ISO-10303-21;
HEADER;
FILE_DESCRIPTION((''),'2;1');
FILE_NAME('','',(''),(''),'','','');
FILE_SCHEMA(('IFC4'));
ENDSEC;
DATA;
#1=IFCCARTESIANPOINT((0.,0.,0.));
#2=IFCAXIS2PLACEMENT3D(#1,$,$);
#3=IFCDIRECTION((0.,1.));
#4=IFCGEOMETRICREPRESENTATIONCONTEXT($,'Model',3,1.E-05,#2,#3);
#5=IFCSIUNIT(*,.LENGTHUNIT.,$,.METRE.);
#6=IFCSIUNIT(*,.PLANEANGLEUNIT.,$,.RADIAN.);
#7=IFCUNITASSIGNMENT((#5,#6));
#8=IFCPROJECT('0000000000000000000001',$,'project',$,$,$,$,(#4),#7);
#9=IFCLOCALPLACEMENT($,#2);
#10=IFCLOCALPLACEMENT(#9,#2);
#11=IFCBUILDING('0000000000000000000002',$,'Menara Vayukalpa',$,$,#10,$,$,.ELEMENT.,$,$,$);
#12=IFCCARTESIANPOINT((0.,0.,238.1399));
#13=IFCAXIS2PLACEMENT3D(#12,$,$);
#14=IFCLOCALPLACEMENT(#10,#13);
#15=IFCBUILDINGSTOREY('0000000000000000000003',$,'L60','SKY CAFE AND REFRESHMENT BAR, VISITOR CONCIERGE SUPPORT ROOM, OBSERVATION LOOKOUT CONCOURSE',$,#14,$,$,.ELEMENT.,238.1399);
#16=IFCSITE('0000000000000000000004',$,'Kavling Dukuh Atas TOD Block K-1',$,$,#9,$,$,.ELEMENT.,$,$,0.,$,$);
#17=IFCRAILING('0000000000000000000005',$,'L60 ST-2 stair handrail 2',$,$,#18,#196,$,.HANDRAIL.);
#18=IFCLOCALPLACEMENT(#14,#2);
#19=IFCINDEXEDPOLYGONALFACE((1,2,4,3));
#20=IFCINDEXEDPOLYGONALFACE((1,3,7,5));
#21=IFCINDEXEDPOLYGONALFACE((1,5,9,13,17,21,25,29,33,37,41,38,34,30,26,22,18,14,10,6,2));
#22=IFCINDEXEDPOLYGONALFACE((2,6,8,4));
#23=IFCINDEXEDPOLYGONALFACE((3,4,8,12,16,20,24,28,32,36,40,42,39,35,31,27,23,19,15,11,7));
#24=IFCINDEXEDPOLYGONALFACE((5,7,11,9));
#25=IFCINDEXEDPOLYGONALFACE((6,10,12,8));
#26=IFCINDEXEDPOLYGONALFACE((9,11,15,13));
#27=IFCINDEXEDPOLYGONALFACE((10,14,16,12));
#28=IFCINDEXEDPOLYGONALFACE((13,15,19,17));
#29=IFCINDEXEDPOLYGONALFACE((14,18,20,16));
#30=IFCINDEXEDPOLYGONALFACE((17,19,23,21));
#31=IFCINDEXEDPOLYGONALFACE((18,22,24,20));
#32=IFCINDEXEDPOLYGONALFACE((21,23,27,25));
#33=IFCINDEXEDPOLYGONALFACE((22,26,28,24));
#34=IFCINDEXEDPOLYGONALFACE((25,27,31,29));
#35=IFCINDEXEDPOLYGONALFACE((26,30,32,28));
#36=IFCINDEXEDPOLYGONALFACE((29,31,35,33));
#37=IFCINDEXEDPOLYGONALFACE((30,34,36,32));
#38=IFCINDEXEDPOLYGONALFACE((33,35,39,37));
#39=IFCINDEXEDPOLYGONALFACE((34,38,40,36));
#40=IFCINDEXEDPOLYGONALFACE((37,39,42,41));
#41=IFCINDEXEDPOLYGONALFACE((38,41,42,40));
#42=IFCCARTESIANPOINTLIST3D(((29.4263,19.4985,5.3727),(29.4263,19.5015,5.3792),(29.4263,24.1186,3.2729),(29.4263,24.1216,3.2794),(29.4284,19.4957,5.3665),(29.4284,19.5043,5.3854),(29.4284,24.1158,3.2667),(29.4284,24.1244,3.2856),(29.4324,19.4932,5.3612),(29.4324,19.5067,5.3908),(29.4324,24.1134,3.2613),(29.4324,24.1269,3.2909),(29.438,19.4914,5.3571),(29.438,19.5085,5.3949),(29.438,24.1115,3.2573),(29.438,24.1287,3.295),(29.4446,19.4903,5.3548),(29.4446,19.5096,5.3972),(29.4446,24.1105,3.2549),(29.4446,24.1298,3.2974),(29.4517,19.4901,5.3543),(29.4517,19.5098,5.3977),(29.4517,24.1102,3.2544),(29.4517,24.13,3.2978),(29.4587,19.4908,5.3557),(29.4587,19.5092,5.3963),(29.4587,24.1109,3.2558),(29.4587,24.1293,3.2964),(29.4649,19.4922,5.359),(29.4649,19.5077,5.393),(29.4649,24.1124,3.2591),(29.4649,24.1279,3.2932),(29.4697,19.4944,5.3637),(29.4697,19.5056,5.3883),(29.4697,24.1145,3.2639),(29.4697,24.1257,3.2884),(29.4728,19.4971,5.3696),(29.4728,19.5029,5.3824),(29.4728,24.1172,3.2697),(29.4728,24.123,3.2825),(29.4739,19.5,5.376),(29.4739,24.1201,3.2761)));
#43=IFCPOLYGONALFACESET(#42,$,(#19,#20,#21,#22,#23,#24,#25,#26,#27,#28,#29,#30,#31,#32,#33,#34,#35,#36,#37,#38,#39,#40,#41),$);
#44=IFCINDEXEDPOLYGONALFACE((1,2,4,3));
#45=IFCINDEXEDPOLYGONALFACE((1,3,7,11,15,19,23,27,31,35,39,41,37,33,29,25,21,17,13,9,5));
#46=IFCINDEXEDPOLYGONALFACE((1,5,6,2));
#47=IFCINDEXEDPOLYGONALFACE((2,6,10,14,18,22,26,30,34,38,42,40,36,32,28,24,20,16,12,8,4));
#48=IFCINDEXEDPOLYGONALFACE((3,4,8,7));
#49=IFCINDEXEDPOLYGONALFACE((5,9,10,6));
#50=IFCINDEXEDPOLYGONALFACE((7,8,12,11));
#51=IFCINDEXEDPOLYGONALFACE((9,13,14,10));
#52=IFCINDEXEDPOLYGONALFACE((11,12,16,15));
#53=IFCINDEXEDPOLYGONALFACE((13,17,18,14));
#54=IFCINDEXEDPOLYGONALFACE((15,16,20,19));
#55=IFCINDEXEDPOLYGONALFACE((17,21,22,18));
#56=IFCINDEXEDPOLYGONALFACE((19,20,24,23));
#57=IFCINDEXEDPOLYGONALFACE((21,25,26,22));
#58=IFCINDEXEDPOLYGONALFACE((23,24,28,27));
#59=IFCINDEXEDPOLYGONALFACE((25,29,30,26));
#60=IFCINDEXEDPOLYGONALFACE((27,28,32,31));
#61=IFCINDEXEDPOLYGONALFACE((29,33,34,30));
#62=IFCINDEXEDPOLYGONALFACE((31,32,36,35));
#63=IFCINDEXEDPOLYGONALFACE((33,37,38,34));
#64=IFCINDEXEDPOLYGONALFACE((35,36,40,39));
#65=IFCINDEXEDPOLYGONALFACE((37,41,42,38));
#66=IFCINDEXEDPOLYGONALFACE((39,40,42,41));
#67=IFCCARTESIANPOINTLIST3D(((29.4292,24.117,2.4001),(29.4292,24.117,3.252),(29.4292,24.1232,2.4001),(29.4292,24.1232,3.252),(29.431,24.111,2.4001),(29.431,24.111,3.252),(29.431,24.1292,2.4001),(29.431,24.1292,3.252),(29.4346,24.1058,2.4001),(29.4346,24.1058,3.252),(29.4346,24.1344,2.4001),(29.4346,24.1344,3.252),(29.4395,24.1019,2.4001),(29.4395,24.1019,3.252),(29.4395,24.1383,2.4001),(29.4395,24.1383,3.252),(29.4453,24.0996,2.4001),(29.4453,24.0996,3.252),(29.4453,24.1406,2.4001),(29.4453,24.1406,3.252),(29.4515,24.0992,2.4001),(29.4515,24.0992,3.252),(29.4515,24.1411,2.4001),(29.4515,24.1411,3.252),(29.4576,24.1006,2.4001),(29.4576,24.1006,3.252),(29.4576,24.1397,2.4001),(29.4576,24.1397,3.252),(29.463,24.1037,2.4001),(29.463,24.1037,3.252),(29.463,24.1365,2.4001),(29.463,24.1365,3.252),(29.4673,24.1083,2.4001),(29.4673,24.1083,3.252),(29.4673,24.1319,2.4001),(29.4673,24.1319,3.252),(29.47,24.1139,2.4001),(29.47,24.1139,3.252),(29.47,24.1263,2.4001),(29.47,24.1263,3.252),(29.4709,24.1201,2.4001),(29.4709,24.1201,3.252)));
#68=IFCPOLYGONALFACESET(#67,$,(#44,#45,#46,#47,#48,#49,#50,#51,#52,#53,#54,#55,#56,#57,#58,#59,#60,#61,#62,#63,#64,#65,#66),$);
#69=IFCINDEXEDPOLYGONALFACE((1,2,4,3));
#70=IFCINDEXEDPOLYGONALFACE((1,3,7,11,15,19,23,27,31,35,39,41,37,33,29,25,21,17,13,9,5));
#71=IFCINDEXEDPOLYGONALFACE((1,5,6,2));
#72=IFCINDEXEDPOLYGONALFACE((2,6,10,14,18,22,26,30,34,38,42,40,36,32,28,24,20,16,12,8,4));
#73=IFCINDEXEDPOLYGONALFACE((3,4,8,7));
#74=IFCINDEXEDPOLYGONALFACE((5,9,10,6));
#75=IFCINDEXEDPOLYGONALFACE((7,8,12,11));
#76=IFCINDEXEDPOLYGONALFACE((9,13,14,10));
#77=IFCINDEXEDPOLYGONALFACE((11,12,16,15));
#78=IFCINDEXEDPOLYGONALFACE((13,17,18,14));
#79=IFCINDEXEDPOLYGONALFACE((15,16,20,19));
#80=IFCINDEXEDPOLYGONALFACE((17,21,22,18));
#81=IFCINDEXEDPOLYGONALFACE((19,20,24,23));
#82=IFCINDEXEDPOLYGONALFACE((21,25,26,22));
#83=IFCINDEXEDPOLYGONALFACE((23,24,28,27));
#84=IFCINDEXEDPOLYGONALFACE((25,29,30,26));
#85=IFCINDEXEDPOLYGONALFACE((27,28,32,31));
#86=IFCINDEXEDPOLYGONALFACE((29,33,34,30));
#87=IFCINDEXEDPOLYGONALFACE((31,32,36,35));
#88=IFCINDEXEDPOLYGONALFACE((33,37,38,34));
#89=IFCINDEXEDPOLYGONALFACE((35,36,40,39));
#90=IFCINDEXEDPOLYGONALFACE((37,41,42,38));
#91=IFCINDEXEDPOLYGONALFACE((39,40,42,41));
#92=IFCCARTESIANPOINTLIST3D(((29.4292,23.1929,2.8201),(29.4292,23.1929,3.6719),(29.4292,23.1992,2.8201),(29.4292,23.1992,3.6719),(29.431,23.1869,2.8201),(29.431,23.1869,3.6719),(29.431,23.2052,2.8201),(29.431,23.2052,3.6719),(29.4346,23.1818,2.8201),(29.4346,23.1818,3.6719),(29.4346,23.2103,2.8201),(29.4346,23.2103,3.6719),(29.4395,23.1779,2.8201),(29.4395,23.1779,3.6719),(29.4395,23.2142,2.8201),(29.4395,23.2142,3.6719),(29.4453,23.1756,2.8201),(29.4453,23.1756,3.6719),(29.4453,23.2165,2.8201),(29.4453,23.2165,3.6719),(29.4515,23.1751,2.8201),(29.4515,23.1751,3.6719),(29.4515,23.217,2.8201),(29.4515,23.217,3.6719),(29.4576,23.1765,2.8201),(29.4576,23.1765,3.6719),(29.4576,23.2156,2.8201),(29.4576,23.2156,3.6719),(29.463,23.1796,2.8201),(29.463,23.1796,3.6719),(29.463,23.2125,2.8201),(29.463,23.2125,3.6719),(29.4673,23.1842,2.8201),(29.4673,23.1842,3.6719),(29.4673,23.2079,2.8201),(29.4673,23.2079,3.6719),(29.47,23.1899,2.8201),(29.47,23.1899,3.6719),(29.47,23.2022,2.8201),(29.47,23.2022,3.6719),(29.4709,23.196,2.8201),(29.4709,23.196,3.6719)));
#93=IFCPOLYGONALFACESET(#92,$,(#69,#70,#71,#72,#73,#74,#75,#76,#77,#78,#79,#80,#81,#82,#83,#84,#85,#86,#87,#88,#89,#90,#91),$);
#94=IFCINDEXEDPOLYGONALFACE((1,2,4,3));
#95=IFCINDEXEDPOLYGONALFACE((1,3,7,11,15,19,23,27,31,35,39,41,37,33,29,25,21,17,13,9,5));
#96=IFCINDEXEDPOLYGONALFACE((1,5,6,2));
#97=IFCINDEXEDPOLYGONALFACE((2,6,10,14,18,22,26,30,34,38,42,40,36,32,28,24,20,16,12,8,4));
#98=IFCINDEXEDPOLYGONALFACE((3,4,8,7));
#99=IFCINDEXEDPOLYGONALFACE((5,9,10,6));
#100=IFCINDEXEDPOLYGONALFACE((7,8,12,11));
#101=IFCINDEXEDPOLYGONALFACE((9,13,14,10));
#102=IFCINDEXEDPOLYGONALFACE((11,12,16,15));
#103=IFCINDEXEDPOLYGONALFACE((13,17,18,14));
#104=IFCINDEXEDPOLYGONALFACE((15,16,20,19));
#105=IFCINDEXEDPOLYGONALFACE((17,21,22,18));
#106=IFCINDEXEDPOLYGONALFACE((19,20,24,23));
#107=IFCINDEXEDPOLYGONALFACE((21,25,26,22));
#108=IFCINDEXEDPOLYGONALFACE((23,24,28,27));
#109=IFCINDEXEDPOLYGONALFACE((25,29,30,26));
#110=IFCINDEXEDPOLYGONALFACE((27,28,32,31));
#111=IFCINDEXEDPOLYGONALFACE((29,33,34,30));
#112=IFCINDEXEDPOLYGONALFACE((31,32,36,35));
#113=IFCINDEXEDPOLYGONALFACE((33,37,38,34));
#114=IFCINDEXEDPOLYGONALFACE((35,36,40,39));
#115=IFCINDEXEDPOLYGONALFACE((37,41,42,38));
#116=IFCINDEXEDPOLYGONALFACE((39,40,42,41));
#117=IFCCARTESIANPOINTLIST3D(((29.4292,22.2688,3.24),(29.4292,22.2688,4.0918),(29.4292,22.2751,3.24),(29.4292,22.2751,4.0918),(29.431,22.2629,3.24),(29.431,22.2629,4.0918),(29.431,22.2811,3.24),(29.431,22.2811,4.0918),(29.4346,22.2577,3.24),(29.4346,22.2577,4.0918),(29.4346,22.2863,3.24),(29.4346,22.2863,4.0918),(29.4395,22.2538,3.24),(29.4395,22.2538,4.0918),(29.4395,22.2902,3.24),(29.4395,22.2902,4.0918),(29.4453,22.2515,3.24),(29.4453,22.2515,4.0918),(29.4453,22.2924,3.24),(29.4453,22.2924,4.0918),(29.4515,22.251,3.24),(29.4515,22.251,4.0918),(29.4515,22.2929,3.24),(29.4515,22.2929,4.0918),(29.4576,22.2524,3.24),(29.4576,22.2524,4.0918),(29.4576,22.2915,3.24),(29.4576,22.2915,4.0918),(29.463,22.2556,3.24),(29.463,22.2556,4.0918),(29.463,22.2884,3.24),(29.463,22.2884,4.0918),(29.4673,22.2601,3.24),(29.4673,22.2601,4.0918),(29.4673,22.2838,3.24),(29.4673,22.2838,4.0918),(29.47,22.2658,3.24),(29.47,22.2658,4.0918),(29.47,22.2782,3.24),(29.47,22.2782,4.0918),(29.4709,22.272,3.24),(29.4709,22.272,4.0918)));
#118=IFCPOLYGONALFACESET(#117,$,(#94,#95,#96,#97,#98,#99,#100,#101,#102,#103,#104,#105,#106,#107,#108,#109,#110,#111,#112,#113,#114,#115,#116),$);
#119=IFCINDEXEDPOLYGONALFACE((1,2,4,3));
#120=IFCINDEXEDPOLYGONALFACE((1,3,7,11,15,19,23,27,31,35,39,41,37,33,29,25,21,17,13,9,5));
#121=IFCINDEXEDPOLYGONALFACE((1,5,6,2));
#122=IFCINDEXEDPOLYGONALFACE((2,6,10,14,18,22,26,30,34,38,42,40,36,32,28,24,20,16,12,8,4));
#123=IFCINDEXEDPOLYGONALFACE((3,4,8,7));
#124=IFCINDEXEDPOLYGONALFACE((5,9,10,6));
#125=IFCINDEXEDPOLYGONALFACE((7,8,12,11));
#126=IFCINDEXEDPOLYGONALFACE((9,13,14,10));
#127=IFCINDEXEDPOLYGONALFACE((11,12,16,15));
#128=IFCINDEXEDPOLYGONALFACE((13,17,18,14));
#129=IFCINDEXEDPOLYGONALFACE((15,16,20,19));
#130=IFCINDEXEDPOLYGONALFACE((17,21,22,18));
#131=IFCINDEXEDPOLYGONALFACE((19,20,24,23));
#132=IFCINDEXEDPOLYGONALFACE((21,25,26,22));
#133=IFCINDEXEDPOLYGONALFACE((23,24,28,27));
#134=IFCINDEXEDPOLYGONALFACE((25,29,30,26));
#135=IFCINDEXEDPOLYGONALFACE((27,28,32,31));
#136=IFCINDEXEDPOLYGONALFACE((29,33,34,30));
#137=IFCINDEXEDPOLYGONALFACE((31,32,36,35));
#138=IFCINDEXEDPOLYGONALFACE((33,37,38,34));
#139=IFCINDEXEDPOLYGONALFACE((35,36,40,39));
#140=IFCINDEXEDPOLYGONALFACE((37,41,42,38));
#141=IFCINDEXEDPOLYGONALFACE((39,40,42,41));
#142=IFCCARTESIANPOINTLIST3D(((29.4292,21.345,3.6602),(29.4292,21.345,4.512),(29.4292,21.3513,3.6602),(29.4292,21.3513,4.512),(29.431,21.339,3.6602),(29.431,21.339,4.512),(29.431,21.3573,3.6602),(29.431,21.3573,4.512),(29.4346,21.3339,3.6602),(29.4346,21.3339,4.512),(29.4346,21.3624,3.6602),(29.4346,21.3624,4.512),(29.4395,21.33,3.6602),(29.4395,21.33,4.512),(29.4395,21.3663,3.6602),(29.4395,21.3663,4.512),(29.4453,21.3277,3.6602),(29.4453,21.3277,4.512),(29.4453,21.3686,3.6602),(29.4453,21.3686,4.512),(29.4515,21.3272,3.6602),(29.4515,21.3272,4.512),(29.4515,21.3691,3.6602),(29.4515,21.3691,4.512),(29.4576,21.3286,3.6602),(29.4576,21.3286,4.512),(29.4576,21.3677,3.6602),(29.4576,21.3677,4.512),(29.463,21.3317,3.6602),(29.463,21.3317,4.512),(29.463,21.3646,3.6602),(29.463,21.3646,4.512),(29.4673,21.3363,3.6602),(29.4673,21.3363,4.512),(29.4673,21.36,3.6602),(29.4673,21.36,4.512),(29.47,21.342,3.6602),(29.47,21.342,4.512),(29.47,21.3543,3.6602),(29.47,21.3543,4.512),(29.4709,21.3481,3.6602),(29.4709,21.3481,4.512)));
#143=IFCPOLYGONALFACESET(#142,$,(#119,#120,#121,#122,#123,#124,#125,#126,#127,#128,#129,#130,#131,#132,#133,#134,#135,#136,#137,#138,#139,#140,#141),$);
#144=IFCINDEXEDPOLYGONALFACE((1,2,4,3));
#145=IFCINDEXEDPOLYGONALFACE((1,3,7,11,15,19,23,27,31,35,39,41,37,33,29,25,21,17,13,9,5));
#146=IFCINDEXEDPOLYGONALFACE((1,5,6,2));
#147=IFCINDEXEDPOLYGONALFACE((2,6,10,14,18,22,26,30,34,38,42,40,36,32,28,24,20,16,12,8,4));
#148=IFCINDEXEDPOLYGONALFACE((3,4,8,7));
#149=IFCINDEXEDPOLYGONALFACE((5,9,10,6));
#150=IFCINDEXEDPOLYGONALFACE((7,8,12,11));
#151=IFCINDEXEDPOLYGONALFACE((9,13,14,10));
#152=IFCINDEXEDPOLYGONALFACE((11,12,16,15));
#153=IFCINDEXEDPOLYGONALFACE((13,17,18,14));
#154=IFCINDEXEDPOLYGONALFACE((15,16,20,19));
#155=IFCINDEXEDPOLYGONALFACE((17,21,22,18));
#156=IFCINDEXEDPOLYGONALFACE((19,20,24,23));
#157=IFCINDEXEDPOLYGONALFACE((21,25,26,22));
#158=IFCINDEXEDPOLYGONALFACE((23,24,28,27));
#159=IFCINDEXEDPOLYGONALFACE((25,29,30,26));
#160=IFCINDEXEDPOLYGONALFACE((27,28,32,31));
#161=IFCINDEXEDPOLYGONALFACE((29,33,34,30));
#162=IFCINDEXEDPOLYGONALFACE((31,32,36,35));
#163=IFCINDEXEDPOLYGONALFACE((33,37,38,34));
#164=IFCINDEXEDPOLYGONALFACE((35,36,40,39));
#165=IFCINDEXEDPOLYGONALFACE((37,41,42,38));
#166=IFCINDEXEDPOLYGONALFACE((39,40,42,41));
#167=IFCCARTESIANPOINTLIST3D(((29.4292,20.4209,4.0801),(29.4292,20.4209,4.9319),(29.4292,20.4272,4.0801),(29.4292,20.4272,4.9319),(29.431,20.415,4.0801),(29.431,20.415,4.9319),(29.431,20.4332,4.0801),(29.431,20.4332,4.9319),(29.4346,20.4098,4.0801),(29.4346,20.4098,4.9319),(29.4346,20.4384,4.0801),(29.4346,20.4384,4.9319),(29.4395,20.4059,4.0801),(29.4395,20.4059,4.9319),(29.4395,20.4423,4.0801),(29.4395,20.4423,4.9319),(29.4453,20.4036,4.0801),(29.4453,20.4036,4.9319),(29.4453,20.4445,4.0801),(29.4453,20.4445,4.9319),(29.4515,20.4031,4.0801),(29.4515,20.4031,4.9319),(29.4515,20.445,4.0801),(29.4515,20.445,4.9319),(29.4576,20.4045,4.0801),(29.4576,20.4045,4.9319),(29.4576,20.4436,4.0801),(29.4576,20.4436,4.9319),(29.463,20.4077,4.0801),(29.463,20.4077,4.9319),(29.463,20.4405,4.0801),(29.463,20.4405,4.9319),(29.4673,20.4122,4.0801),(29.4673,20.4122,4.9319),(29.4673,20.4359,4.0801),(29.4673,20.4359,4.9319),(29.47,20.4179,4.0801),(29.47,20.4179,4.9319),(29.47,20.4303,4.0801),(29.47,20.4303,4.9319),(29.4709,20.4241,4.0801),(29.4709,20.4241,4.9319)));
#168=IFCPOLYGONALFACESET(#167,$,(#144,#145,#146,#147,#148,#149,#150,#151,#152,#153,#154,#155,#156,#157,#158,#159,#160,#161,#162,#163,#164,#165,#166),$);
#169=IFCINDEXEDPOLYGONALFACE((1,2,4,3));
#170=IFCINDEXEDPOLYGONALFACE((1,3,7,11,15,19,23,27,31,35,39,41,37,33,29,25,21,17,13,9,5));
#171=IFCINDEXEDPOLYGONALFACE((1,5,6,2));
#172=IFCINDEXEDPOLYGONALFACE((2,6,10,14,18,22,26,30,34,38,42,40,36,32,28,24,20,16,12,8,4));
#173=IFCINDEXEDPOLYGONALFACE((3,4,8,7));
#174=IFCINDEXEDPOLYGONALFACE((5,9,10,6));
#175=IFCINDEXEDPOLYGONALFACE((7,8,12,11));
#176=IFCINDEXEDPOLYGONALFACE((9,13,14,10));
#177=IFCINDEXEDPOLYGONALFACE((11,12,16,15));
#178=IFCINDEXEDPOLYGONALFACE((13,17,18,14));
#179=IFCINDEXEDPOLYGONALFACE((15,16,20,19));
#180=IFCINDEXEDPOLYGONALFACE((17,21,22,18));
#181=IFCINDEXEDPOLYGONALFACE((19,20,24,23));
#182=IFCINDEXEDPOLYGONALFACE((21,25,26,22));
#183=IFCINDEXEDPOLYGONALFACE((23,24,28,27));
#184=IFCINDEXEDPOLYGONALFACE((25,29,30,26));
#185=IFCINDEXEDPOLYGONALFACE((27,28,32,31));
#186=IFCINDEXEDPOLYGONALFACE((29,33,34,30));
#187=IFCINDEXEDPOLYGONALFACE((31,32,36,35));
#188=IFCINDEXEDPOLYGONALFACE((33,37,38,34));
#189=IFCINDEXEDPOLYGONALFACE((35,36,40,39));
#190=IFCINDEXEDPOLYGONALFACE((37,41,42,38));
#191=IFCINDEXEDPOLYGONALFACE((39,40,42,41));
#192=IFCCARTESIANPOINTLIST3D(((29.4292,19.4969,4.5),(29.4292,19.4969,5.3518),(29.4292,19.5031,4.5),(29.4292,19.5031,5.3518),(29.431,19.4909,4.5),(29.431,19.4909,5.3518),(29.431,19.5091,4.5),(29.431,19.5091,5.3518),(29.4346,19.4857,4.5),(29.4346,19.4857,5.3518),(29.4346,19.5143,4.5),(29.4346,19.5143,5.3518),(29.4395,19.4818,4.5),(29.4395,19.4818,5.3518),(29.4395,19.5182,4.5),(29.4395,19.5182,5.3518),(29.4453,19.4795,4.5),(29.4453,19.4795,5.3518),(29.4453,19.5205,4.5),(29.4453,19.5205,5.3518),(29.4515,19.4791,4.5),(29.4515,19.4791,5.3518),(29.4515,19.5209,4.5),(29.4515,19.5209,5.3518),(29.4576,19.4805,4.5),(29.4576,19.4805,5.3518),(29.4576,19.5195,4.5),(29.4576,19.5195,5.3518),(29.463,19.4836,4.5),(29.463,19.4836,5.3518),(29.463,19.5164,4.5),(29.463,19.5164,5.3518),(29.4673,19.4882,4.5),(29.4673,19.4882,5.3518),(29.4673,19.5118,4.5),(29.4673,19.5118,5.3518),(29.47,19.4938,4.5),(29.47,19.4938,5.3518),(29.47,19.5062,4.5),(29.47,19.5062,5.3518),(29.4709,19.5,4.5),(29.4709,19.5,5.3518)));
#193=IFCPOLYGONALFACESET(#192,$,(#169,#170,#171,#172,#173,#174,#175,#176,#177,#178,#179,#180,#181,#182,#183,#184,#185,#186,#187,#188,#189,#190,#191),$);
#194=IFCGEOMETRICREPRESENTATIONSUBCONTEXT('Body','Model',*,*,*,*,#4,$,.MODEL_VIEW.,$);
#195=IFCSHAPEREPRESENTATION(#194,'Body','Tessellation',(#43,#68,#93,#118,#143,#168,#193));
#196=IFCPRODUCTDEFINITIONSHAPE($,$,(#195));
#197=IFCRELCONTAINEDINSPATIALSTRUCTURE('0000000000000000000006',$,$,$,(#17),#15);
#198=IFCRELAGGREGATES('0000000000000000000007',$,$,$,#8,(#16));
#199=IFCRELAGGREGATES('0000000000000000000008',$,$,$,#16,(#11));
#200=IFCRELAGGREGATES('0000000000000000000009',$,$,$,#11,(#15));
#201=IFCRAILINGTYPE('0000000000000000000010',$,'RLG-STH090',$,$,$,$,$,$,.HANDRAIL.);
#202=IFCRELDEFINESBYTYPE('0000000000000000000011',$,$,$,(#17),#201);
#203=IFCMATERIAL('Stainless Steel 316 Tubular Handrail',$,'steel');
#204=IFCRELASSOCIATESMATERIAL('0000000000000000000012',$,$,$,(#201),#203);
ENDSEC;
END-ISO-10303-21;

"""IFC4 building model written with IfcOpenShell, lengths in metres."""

from ifc_helpers import new_model, si_unit, direction, frame, origin, origin_2d, place, context, subcontext, project, spatial, circle, extrude, material, type_object, element, save


model = new_model("IFC4")

# Units and contexts
model_context = context("Model", 3, precision=1e-05, world=origin(), true_north=direction((0.0, 1.0)))
body_context = subcontext(model_context, "Body", "Model", "MODEL_VIEW")
ifc_project = project(units=[si_unit("LENGTHUNIT", "METRE"), si_unit("PLANEANGLEUNIT", "RADIAN")], contexts=[model_context])

# Site, building, storey
site_placement = place(None, origin())
site = spatial("IfcSite", under=ifc_project, at=site_placement, Name="Kavling Dukuh Atas TOD Block K-1", CompositionType="ELEMENT", RefElevation=0.0)
building_placement = place(site_placement, origin())
building = spatial("IfcBuilding", under=site, at=building_placement, Name="Menara Vayukalpa", CompositionType="ELEMENT")
storey_placement = place(building_placement, frame((0.0, 0.0, 238.1399)))
storey = spatial("IfcBuildingStorey", under=building, at=storey_placement, Name="L60", Description="SKY CAFE AND REFRESHMENT BAR, VISITOR CONCIERGE SUPPORT ROOM, OBSERVATION LOOKOUT CONCOURSE", CompositionType="ELEMENT", Elevation=238.1399)

# Railing
ifc_material_1 = material(Name="Stainless Steel 316 Tubular Handrail", Category="steel")
railing_type_1 = type_object("IfcRailingType", Name="RLG-STH090", PredefinedType="HANDRAIL", material=ifc_material_1)
railing_1_placement = place(storey_placement, frame((29.45, 24.1201, 2.4001)))
element("IfcRailing", 1, at=railing_1_placement, inside=storey, type_object=railing_type_1, Name="L60 ST-2 stair handrail 2", PredefinedType="HANDRAIL", context=body_context, shape_type="SweptSolid", body=[
    extrude(circle(Radius=0.0239, at=origin_2d()), frame((0.0, 0.0, 0.876), z_axis=(0.0, -0.910381, 0.41377), x_axis=(1.0, 0.0, 0.0)), (0.0, 0.0, 1.0), 5.075),
    extrude(circle(Radius=0.021, at=origin_2d()), origin(), (0.0, 0.0, 1.0), 0.8518),
    extrude(circle(Radius=0.021, at=origin_2d()), frame((0.0, -0.9241, 0.4199)), (0.0, 0.0, 1.0), 0.8518),
    extrude(circle(Radius=0.021, at=origin_2d()), frame((0.0, -1.8481, 0.8398)), (0.0, 0.0, 1.0), 0.8518),
    extrude(circle(Radius=0.021, at=origin_2d()), frame((0.0, -2.772, 1.26)), (0.0, 0.0, 1.0), 0.8518),
    extrude(circle(Radius=0.021, at=origin_2d()), frame((0.0, -3.696, 1.6799)), (0.0, 0.0, 1.0), 0.8518),
    extrude(circle(Radius=0.021, at=origin_2d()), frame((0.0, -4.6201, 2.0999)), (0.0, 0.0, 1.0), 0.8518),
])

save(model, "model.ifc")
